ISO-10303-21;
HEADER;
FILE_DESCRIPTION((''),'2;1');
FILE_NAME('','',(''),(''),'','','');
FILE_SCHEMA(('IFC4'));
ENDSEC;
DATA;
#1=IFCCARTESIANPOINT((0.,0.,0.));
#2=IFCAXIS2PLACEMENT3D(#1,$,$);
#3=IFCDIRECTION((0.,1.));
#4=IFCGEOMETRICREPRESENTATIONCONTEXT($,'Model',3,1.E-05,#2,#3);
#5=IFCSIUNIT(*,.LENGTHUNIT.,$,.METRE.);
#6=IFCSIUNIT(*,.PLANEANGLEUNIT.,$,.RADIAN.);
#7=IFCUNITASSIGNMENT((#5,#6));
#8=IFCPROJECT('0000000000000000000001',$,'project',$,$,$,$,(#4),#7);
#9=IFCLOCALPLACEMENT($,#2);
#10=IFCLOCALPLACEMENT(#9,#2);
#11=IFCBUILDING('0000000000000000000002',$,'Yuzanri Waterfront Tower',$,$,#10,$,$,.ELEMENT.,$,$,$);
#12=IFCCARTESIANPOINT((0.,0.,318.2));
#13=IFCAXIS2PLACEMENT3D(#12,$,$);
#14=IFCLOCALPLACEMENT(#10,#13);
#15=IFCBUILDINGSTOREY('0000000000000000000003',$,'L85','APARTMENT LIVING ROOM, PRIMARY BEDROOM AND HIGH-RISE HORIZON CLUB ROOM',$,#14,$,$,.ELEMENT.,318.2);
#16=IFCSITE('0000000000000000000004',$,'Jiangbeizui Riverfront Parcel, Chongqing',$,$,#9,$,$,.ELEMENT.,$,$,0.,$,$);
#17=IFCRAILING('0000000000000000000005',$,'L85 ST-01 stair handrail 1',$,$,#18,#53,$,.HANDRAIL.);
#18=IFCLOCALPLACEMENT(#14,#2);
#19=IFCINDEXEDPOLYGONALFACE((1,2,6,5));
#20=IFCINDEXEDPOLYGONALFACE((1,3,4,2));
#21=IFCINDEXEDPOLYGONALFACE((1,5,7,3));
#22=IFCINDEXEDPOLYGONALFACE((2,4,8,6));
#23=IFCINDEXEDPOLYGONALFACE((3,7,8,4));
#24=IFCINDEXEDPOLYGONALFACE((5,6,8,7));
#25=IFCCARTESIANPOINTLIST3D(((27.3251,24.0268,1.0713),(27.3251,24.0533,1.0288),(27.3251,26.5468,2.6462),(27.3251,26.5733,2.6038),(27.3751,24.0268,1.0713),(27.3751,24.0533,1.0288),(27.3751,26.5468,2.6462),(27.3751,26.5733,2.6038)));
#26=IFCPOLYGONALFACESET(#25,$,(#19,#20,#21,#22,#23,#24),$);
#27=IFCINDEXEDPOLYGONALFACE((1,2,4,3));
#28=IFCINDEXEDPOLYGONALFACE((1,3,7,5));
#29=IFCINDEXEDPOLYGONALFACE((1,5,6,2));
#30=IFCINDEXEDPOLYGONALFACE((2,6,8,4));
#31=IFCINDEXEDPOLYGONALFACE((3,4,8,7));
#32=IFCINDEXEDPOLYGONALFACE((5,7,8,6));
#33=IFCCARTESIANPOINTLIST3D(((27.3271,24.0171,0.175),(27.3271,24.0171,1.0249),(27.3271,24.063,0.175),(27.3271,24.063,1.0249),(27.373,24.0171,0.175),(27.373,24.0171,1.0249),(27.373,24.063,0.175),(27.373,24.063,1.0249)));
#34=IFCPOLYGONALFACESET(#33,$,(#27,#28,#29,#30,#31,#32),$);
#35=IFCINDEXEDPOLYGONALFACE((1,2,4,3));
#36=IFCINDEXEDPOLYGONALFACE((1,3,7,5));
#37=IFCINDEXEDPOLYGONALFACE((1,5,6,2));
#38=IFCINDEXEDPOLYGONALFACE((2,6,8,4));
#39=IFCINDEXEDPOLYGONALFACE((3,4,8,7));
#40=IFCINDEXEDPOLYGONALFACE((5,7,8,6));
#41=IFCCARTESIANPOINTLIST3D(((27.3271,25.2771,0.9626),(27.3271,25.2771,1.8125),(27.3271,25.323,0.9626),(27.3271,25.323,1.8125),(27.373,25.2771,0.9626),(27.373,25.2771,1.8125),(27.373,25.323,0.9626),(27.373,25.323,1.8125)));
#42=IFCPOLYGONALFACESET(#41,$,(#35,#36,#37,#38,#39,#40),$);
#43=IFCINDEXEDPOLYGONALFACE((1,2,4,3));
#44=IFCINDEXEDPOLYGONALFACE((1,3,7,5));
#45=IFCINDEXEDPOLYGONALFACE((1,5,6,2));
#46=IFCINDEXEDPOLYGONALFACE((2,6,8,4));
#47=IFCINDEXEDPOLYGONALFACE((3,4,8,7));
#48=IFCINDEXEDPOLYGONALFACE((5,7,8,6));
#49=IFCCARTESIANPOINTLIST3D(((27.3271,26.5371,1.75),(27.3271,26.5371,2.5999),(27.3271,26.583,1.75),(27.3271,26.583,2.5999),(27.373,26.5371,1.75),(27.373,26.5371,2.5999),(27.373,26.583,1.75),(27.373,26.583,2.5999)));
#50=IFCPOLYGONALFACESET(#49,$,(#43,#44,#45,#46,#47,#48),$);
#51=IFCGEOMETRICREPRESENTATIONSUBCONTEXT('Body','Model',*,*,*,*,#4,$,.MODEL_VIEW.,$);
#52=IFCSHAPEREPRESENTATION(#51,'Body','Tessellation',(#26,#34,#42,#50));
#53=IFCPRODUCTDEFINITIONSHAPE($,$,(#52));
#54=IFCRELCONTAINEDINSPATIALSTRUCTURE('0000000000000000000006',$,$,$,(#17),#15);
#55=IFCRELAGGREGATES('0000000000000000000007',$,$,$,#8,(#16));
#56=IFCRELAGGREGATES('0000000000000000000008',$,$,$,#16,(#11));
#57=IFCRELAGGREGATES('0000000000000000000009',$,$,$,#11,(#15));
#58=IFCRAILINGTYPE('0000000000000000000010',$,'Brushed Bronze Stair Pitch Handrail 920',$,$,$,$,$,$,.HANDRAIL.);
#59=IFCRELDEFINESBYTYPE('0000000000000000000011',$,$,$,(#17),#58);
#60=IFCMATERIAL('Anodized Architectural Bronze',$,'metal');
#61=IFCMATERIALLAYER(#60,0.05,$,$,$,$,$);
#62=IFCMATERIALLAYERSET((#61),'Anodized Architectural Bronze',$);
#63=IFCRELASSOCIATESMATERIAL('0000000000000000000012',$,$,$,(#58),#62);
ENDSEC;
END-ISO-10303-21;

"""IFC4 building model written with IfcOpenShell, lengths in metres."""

from ifc_helpers import new_model, si_unit, direction, frame, origin, origin_2d, place, context, subcontext, project, spatial, rectangle, extrude, source, transform, mapped, material, layer, layer_set, type_object, element, save


model = new_model("IFC4")

# Units and contexts
model_context = context("Model", 3, precision=1e-05, world=origin(), true_north=direction((0.0, 1.0)))
body_context = subcontext(model_context, "Body", "Model", "MODEL_VIEW")
ifc_project = project(units=[si_unit("LENGTHUNIT", "METRE"), si_unit("PLANEANGLEUNIT", "RADIAN")], contexts=[model_context])

# Site, building, storey
site_placement = place(None, origin())
site = spatial("IfcSite", under=ifc_project, at=site_placement, Name="Jiangbeizui Riverfront Parcel, Chongqing", CompositionType="ELEMENT", RefElevation=0.0)
building_placement = place(site_placement, origin())
building = spatial("IfcBuilding", under=site, at=building_placement, Name="Yuzanri Waterfront Tower", CompositionType="ELEMENT")
storey_placement = place(building_placement, frame((0.0, 0.0, 318.2)))
storey = spatial("IfcBuildingStorey", under=building, at=storey_placement, Name="L85", Description="APARTMENT LIVING ROOM, PRIMARY BEDROOM AND HIGH-RISE HORIZON CLUB ROOM", CompositionType="ELEMENT", Elevation=318.2)

# Railing
ifc_material_1 = material(Name="Anodized Architectural Bronze", Category="metal")
ifc_layer_1 = layer(ifc_material_1, 0.05)
ifc_layer_set_1 = layer_set([ifc_layer_1], Name="Anodized Architectural Bronze")
railing_type_1 = type_object("IfcRailingType", Name="Brushed Bronze Stair Pitch Handrail 920", PredefinedType="HANDRAIL", material=ifc_layer_set_1)
shared_shape_1 = source(origin(), body_context, "Body", "SweptSolid", [
    extrude(rectangle(XDim=0.05, YDim=0.05, at=origin_2d()), frame((0.0, 0.0, 0.875), z_axis=(0.0, 0.848008, 0.529984), x_axis=(-1.0, 0.0, 0.0)), (0.0, 0.0, 1.0), 2.9717),
    extrude(rectangle(XDim=0.0459, YDim=0.0459, at=origin_2d()), origin(), (0.0, 0.0, 1.0), 0.8499),
    extrude(rectangle(XDim=0.0459, YDim=0.0459, at=origin_2d()), frame((0.0, 1.26, 0.7876)), (0.0, 0.0, 1.0), 0.8499),
    extrude(rectangle(XDim=0.0459, YDim=0.0459, at=origin_2d()), frame((0.0, 2.52, 1.575)), (0.0, 0.0, 1.0), 0.8499),
])
railing_1_placement = place(storey_placement, frame((27.3501, 24.04, 0.175)))
element("IfcRailing", 1, at=railing_1_placement, inside=storey, type_object=railing_type_1, Name="L85 ST-01 stair handrail 1", PredefinedType="HANDRAIL", context=body_context, shape_type="MappedRepresentation", body=[
    mapped(shared_shape_1, transform((0.0, 0.0, 0.0), scale=1.0)),
])

save(model, "model.ifc")
